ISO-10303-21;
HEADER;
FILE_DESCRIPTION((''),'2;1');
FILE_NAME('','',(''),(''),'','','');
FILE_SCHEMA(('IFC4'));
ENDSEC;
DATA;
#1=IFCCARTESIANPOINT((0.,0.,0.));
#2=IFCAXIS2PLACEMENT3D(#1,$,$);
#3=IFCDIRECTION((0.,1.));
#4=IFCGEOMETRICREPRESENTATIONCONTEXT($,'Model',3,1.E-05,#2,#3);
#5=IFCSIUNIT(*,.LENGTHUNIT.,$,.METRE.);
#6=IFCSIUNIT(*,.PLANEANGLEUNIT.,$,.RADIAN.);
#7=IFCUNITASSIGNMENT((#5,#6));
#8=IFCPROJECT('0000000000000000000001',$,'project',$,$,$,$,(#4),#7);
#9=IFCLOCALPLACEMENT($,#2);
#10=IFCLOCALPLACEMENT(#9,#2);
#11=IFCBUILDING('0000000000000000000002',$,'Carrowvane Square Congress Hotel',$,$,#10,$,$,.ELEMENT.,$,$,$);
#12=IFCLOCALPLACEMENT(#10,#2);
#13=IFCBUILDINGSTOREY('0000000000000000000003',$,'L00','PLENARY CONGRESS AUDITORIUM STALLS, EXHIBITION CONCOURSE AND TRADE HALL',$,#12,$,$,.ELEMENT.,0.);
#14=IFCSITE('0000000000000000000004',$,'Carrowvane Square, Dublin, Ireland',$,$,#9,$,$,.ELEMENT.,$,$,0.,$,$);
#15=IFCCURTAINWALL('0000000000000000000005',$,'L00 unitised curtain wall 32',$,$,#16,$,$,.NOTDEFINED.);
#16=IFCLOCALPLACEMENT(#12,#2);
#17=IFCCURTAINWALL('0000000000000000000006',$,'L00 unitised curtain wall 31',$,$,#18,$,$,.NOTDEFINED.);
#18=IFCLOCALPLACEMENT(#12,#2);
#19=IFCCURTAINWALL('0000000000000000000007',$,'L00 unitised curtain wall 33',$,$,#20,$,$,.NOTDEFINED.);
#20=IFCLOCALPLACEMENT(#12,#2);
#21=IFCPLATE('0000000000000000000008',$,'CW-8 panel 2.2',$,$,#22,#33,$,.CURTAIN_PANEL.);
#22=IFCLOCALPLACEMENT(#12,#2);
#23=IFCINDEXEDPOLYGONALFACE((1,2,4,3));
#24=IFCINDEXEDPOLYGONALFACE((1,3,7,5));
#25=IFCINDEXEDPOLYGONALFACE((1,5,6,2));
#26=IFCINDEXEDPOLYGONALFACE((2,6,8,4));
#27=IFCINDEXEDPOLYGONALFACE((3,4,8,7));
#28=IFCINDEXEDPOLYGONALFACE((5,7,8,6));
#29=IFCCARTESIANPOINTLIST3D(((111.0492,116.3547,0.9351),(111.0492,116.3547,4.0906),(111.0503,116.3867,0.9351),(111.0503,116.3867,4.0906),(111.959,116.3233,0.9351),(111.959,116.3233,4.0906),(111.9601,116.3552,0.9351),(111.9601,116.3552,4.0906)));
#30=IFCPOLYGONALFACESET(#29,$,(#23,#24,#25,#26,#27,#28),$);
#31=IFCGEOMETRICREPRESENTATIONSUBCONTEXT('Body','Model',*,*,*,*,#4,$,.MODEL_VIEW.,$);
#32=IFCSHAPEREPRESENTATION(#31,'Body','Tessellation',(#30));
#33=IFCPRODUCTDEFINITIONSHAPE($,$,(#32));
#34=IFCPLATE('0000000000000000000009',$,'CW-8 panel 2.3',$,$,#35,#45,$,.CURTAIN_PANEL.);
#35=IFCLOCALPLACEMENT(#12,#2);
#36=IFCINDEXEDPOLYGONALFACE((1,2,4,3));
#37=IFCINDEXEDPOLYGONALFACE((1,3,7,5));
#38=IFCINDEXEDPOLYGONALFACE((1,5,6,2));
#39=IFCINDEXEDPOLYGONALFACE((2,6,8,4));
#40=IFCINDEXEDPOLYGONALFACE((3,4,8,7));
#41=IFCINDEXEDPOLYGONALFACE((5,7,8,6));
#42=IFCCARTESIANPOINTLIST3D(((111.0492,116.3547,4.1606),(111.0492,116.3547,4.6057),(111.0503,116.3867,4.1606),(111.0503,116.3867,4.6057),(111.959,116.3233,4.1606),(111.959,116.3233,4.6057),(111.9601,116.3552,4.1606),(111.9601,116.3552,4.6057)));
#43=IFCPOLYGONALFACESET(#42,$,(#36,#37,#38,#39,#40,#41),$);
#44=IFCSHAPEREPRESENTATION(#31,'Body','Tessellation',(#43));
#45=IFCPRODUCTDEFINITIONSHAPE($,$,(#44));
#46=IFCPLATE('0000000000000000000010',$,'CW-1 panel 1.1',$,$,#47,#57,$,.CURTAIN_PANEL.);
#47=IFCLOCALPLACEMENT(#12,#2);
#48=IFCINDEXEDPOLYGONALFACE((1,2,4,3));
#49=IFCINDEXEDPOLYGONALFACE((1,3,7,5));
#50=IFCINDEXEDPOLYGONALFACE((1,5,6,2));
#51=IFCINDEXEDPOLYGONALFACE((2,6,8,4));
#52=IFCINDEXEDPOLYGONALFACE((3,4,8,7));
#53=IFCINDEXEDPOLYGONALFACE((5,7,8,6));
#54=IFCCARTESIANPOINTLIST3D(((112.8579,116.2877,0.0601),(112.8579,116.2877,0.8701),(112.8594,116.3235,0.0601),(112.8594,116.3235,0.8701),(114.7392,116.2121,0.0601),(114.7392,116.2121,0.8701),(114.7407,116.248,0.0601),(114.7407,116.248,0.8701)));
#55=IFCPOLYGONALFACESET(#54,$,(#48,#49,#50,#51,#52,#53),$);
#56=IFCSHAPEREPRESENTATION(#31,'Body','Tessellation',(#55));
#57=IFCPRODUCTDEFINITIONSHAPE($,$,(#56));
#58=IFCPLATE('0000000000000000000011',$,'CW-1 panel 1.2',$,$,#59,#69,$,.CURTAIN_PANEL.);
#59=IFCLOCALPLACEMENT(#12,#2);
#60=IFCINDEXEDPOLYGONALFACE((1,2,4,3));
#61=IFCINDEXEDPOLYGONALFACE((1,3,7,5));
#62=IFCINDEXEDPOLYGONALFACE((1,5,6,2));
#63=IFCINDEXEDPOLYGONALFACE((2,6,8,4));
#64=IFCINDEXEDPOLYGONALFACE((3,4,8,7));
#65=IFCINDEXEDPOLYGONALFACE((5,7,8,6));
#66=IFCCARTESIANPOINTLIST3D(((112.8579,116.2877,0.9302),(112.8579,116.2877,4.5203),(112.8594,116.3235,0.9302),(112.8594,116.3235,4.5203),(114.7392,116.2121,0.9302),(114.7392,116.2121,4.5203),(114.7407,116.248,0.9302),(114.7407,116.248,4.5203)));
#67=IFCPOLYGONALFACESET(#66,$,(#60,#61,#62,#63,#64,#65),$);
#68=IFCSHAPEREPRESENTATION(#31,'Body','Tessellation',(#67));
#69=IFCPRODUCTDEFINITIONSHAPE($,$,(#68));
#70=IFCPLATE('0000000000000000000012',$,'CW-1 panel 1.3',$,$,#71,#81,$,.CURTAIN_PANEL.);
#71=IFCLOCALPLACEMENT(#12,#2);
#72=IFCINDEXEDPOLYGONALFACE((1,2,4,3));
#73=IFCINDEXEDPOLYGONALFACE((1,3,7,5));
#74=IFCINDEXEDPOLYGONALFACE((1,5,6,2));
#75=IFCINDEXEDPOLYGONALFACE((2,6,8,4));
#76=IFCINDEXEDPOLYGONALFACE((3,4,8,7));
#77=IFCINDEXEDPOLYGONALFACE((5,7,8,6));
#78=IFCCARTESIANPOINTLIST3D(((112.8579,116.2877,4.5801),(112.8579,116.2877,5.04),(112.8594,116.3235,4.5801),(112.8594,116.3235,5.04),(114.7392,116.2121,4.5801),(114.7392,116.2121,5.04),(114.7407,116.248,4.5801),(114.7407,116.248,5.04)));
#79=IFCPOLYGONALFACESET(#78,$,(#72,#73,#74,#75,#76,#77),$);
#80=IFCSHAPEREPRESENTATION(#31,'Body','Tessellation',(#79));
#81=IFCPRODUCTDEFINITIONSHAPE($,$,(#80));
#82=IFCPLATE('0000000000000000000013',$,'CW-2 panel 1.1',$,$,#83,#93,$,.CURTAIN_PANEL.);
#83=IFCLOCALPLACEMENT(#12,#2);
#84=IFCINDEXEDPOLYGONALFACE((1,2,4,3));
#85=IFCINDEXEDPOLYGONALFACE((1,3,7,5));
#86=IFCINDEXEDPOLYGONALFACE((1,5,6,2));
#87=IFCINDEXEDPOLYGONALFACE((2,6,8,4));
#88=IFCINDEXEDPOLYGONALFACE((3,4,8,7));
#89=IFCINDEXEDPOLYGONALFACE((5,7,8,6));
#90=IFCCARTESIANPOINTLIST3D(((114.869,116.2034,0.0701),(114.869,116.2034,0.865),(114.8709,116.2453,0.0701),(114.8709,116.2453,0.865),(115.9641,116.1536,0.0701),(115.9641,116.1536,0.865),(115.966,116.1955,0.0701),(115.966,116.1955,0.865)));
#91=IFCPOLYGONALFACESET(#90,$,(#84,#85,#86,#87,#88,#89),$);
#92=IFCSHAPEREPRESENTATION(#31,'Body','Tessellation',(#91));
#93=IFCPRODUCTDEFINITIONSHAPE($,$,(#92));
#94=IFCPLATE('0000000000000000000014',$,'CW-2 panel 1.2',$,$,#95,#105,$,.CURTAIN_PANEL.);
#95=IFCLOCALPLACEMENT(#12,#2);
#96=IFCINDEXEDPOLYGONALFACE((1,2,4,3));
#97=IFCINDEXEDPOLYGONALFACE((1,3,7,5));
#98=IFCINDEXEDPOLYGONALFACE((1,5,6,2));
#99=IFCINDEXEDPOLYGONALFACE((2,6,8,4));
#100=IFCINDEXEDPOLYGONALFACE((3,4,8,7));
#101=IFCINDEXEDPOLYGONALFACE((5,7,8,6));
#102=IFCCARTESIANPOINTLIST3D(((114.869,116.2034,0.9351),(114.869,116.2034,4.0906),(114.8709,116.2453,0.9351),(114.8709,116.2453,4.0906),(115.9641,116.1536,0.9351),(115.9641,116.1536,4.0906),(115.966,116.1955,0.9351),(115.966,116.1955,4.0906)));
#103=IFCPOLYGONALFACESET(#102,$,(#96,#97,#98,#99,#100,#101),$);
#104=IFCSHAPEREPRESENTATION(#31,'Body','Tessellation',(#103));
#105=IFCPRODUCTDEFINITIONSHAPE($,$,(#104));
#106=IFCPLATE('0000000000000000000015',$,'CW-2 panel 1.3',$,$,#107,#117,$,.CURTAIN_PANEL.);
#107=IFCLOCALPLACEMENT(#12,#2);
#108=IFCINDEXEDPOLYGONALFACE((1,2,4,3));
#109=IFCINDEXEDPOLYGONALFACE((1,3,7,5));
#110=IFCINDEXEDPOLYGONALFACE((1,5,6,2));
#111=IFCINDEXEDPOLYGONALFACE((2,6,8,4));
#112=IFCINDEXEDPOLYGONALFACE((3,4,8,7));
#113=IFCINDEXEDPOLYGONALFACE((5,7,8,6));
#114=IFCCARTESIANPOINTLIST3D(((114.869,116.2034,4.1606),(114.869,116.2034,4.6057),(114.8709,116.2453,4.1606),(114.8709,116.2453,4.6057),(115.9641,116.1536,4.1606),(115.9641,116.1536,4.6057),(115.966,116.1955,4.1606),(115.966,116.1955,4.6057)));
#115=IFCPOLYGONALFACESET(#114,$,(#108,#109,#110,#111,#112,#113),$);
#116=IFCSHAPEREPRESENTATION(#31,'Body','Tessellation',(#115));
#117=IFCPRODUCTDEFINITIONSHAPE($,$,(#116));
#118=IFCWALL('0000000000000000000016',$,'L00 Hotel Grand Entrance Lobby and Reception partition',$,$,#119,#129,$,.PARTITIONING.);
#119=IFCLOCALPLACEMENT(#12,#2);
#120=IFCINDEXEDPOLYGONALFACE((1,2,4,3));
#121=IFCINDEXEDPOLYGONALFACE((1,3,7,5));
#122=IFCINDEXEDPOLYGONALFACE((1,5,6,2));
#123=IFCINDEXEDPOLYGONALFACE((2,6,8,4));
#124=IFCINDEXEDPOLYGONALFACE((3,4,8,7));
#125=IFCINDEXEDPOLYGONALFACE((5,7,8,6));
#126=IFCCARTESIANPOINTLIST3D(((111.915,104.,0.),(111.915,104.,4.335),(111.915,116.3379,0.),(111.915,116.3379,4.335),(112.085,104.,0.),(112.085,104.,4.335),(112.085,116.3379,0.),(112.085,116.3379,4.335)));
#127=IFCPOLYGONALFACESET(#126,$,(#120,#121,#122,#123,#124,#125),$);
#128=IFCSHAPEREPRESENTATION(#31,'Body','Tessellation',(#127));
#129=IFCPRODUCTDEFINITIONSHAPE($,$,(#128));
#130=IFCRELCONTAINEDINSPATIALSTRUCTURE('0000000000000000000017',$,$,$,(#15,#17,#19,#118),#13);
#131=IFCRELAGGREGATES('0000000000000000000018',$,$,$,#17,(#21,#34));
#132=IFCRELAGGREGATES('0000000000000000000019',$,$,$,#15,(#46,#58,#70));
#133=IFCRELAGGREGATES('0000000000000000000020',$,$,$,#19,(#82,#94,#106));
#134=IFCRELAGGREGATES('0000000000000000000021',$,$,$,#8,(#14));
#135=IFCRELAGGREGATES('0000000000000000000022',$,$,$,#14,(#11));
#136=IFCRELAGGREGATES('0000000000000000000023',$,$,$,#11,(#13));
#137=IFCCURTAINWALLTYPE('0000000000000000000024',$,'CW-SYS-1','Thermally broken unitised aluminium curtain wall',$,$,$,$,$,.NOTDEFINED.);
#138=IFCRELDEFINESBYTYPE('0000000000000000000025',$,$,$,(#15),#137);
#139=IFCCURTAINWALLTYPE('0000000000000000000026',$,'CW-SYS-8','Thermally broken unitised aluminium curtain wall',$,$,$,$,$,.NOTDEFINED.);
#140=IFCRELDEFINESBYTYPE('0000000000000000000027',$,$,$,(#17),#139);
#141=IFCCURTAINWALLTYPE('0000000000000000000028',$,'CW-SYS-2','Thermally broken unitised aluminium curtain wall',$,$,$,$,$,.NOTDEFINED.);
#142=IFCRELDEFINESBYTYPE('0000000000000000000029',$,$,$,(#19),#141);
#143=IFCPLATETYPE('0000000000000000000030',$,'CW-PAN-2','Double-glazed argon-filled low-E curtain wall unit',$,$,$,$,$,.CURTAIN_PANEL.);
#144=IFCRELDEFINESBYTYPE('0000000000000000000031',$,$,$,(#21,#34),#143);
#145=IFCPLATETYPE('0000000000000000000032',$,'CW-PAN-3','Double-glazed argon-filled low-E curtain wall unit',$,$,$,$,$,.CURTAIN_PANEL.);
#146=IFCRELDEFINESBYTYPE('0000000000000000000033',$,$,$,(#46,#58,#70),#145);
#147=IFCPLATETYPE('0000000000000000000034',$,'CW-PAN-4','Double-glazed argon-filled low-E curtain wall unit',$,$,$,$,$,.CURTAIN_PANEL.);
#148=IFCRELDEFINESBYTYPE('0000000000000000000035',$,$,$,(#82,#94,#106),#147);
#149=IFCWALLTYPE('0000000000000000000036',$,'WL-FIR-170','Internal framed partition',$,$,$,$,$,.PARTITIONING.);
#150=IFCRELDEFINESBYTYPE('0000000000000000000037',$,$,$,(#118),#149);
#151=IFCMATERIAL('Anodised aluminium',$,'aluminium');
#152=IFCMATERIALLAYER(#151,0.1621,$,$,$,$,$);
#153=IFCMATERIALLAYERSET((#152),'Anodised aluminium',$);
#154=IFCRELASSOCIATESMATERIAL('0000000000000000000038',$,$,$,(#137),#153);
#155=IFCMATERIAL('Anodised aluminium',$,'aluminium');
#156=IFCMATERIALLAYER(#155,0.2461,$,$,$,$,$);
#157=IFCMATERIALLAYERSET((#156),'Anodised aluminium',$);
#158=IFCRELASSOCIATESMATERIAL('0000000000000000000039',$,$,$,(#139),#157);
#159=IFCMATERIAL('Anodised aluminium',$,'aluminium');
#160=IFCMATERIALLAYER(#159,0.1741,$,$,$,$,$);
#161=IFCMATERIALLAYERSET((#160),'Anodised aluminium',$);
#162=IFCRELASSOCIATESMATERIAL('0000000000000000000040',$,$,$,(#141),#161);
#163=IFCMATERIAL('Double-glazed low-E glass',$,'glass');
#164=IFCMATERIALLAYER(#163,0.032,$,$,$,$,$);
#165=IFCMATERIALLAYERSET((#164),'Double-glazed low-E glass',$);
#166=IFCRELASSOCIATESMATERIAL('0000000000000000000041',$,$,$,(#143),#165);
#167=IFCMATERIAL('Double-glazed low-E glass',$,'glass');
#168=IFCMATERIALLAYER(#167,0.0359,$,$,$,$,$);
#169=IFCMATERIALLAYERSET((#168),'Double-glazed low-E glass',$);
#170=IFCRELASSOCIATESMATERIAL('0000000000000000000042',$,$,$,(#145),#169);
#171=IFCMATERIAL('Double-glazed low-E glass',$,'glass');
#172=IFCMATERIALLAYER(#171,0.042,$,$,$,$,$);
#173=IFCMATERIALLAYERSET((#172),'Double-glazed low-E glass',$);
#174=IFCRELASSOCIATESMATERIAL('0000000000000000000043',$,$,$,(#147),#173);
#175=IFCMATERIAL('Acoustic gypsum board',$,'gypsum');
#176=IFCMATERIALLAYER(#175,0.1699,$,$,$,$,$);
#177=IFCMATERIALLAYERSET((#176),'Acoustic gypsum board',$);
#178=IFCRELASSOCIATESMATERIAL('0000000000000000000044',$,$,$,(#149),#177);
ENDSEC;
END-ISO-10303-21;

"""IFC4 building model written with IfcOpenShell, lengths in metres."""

from ifc_helpers import new_model, si_unit, direction, frame, frame_2d, origin, origin_2d, place, context, subcontext, project, spatial, rectangle, extrude, material, layer, layer_set, type_object, element, aggregate, save


model = new_model("IFC4")

# Units and contexts
model_context = context("Model", 3, precision=1e-05, world=origin(), true_north=direction((0.0, 1.0)))
body_context = subcontext(model_context, "Body", "Model", "MODEL_VIEW")
ifc_project = project(units=[si_unit("LENGTHUNIT", "METRE"), si_unit("PLANEANGLEUNIT", "RADIAN")], contexts=[model_context])

# Site, building, storey
site_placement = place(None, origin())
site = spatial("IfcSite", under=ifc_project, at=site_placement, Name="Carrowvane Square, Dublin, Ireland", CompositionType="ELEMENT", RefElevation=0.0)
building_placement = place(site_placement, origin())
building = spatial("IfcBuilding", under=site, at=building_placement, Name="Carrowvane Square Congress Hotel", CompositionType="ELEMENT")
storey_placement = place(building_placement, origin())
storey = spatial("IfcBuildingStorey", under=building, at=storey_placement, Name="L00", Description="PLENARY CONGRESS AUDITORIUM STALLS, EXHIBITION CONCOURSE AND TRADE HALL", CompositionType="ELEMENT", Elevation=0.0)

# Curtain walls
ifc_material_1 = material(Name="Anodised aluminium", Category="aluminium")
ifc_layer_1 = layer(ifc_material_1, 0.1621)
ifc_layer_set_1 = layer_set([ifc_layer_1], Name="Anodised aluminium")
curtain_wall_type_1 = type_object("IfcCurtainWallType", Name="CW-SYS-1", Description="Thermally broken unitised aluminium curtain wall", PredefinedType="NOTDEFINED", material=ifc_layer_set_1)
curtain_wall_1_placement = place(storey_placement, origin())
curtain_wall_1 = element("IfcCurtainWall", 1, at=curtain_wall_1_placement, inside=storey, type_object=curtain_wall_type_1, Name="L00 unitised curtain wall 32", PredefinedType="NOTDEFINED")
ifc_material_2 = material(Name="Anodised aluminium", Category="aluminium")
ifc_layer_2 = layer(ifc_material_2, 0.2461)
ifc_layer_set_2 = layer_set([ifc_layer_2], Name="Anodised aluminium")
curtain_wall_type_2 = type_object("IfcCurtainWallType", Name="CW-SYS-8", Description="Thermally broken unitised aluminium curtain wall", PredefinedType="NOTDEFINED", material=ifc_layer_set_2)
curtain_wall_2_placement = place(storey_placement, origin())
curtain_wall_2 = element("IfcCurtainWall", 2, at=curtain_wall_2_placement, inside=storey, type_object=curtain_wall_type_2, Name="L00 unitised curtain wall 31", PredefinedType="NOTDEFINED")
ifc_material_3 = material(Name="Anodised aluminium", Category="aluminium")
ifc_layer_3 = layer(ifc_material_3, 0.1741)
ifc_layer_set_3 = layer_set([ifc_layer_3], Name="Anodised aluminium")
curtain_wall_type_3 = type_object("IfcCurtainWallType", Name="CW-SYS-2", Description="Thermally broken unitised aluminium curtain wall", PredefinedType="NOTDEFINED", material=ifc_layer_set_3)
curtain_wall_3_placement = place(storey_placement, origin())
curtain_wall_3 = element("IfcCurtainWall", 3, at=curtain_wall_3_placement, inside=storey, type_object=curtain_wall_type_3, Name="L00 unitised curtain wall 33", PredefinedType="NOTDEFINED")

# Plates
ifc_material_4 = material(Name="Double-glazed low-E glass", Category="glass")
ifc_layer_4 = layer(ifc_material_4, 0.032)
ifc_layer_set_4 = layer_set([ifc_layer_4], Name="Double-glazed low-E glass")
plate_type_1 = type_object("IfcPlateType", Name="CW-PAN-2", Description="Double-glazed argon-filled low-E curtain wall unit", PredefinedType="CURTAIN_PANEL", material=ifc_layer_set_4)
plate_1_placement = place(storey_placement, frame((111.5046, 116.355, 0.9351), z_axis=(0.0, 0.0, 1.0), x_axis=(0.999404, -0.03453, 0.0)))
plate_1 = element("IfcPlate", 4, at=plate_1_placement, type_object=plate_type_1, Name="CW-8 panel 2.2", PredefinedType="CURTAIN_PANEL", context=body_context, shape_type="SweptSolid", body=[
    extrude(rectangle(XDim=0.9104, YDim=0.032, at=origin_2d()), origin(), (0.0, 0.0, 1.0), 3.1555),
])
plate_2_placement = place(storey_placement, frame((111.5046, 116.355, 4.1606), z_axis=(0.0, 0.0, 1.0), x_axis=(0.999404, -0.03453, 0.0)))
plate_2 = element("IfcPlate", 5, at=plate_2_placement, type_object=plate_type_1, Name="CW-8 panel 2.3", PredefinedType="CURTAIN_PANEL", context=body_context, shape_type="SweptSolid", body=[
    extrude(rectangle(XDim=0.9104, YDim=0.032, at=origin_2d()), origin(), (0.0, 0.0, 1.0), 0.4451),
])
aggregate(curtain_wall_2, [plate_1, plate_2])
ifc_material_5 = material(Name="Double-glazed low-E glass", Category="glass")
ifc_layer_5 = layer(ifc_material_5, 0.0359)
ifc_layer_set_5 = layer_set([ifc_layer_5], Name="Double-glazed low-E glass")
plate_type_2 = type_object("IfcPlateType", Name="CW-PAN-3", Description="Double-glazed argon-filled low-E curtain wall unit", PredefinedType="CURTAIN_PANEL", material=ifc_layer_set_5)
plate_3_placement = place(storey_placement, frame((113.7993, 116.2678, 0.0601), z_axis=(0.0, 0.0, 1.0), x_axis=(0.999194, -0.040131, 0.0)))
plate_3 = element("IfcPlate", 6, at=plate_3_placement, type_object=plate_type_2, Name="CW-1 panel 1.1", PredefinedType="CURTAIN_PANEL", context=body_context, shape_type="SweptSolid", body=[
    extrude(rectangle(XDim=1.8828, YDim=0.0359, at=origin_2d()), origin(), (0.0, 0.0, 1.0), 0.8101),
])
plate_4_placement = place(storey_placement, frame((113.7993, 116.2678, 0.9302), z_axis=(0.0, 0.0, 1.0), x_axis=(0.999194, -0.040131, 0.0)))
plate_4 = element("IfcPlate", 7, at=plate_4_placement, type_object=plate_type_2, Name="CW-1 panel 1.2", PredefinedType="CURTAIN_PANEL", context=body_context, shape_type="SweptSolid", body=[
    extrude(rectangle(XDim=1.8828, YDim=0.0359, at=origin_2d()), origin(), (0.0, 0.0, 1.0), 3.5901),
])
plate_5_placement = place(storey_placement, frame((113.7993, 116.2678, 4.5801), z_axis=(0.0, 0.0, 1.0), x_axis=(0.999194, -0.040131, 0.0)))
plate_5 = element("IfcPlate", 8, at=plate_5_placement, type_object=plate_type_2, Name="CW-1 panel 1.3", PredefinedType="CURTAIN_PANEL", context=body_context, shape_type="SweptSolid", body=[
    extrude(rectangle(XDim=1.8828, YDim=0.0359, at=origin_2d()), origin(), (0.0, 0.0, 1.0), 0.46),
])
aggregate(curtain_wall_1, [plate_3, plate_4, plate_5])
ifc_material_6 = material(Name="Double-glazed low-E glass", Category="glass")
ifc_layer_6 = layer(ifc_material_6, 0.042)
ifc_layer_set_6 = layer_set([ifc_layer_6], Name="Double-glazed low-E glass")
plate_type_3 = type_object("IfcPlateType", Name="CW-PAN-4", Description="Double-glazed argon-filled low-E curtain wall unit", PredefinedType="CURTAIN_PANEL", material=ifc_layer_set_6)
plate_6_placement = place(storey_placement, frame((115.4175, 116.1995, 0.0701), z_axis=(0.0, 0.0, 1.0), x_axis=(0.998968, -0.045411, 0.0)))
plate_6 = element("IfcPlate", 9, at=plate_6_placement, type_object=plate_type_3, Name="CW-2 panel 1.1", PredefinedType="CURTAIN_PANEL", context=body_context, shape_type="SweptSolid", body=[
    extrude(rectangle(XDim=1.0962, YDim=0.042, at=origin_2d()), origin(), (0.0, 0.0, 1.0), 0.7949),
])
plate_7_placement = place(storey_placement, frame((115.4175, 116.1995, 0.9351), z_axis=(0.0, 0.0, 1.0), x_axis=(0.998968, -0.045411, 0.0)))
plate_7 = element("IfcPlate", 10, at=plate_7_placement, type_object=plate_type_3, Name="CW-2 panel 1.2", PredefinedType="CURTAIN_PANEL", context=body_context, shape_type="SweptSolid", body=[
    extrude(rectangle(XDim=1.0962, YDim=0.042, at=origin_2d()), origin(), (0.0, 0.0, 1.0), 3.1555),
])
plate_8_placement = place(storey_placement, frame((115.4175, 116.1995, 4.1606), z_axis=(0.0, 0.0, 1.0), x_axis=(0.998968, -0.045411, 0.0)))
plate_8 = element("IfcPlate", 11, at=plate_8_placement, type_object=plate_type_3, Name="CW-2 panel 1.3", PredefinedType="CURTAIN_PANEL", context=body_context, shape_type="SweptSolid", body=[
    extrude(rectangle(XDim=1.0962, YDim=0.042, at=origin_2d()), origin(), (0.0, 0.0, 1.0), 0.4451),
])
aggregate(curtain_wall_3, [plate_6, plate_7, plate_8])

# Wall
ifc_material_7 = material(Name="Acoustic gypsum board", Category="gypsum")
ifc_layer_7 = layer(ifc_material_7, 0.1699)
ifc_layer_set_7 = layer_set([ifc_layer_7], Name="Acoustic gypsum board")
wall_type = type_object("IfcWallType", Name="WL-FIR-170", Description="Internal framed partition", PredefinedType="PARTITIONING", material=ifc_layer_set_7)
wall_placement = place(storey_placement, frame((112.0, 116.3379, 0.0), z_axis=(0.0, 0.0, 1.0), x_axis=(0.0, -1.0, 0.0)))
element("IfcWall", 12, at=wall_placement, inside=storey, type_object=wall_type, Name="L00 Hotel Grand Entrance Lobby and Reception partition", PredefinedType="PARTITIONING", context=body_context, shape_type="SweptSolid", body=[
    extrude(rectangle(XDim=12.3379, YDim=0.1699, at=frame_2d((6.1689, 0.0))), origin(), (0.0, 0.0, 1.0), 4.335),
])

save(model, "model.ifc")
